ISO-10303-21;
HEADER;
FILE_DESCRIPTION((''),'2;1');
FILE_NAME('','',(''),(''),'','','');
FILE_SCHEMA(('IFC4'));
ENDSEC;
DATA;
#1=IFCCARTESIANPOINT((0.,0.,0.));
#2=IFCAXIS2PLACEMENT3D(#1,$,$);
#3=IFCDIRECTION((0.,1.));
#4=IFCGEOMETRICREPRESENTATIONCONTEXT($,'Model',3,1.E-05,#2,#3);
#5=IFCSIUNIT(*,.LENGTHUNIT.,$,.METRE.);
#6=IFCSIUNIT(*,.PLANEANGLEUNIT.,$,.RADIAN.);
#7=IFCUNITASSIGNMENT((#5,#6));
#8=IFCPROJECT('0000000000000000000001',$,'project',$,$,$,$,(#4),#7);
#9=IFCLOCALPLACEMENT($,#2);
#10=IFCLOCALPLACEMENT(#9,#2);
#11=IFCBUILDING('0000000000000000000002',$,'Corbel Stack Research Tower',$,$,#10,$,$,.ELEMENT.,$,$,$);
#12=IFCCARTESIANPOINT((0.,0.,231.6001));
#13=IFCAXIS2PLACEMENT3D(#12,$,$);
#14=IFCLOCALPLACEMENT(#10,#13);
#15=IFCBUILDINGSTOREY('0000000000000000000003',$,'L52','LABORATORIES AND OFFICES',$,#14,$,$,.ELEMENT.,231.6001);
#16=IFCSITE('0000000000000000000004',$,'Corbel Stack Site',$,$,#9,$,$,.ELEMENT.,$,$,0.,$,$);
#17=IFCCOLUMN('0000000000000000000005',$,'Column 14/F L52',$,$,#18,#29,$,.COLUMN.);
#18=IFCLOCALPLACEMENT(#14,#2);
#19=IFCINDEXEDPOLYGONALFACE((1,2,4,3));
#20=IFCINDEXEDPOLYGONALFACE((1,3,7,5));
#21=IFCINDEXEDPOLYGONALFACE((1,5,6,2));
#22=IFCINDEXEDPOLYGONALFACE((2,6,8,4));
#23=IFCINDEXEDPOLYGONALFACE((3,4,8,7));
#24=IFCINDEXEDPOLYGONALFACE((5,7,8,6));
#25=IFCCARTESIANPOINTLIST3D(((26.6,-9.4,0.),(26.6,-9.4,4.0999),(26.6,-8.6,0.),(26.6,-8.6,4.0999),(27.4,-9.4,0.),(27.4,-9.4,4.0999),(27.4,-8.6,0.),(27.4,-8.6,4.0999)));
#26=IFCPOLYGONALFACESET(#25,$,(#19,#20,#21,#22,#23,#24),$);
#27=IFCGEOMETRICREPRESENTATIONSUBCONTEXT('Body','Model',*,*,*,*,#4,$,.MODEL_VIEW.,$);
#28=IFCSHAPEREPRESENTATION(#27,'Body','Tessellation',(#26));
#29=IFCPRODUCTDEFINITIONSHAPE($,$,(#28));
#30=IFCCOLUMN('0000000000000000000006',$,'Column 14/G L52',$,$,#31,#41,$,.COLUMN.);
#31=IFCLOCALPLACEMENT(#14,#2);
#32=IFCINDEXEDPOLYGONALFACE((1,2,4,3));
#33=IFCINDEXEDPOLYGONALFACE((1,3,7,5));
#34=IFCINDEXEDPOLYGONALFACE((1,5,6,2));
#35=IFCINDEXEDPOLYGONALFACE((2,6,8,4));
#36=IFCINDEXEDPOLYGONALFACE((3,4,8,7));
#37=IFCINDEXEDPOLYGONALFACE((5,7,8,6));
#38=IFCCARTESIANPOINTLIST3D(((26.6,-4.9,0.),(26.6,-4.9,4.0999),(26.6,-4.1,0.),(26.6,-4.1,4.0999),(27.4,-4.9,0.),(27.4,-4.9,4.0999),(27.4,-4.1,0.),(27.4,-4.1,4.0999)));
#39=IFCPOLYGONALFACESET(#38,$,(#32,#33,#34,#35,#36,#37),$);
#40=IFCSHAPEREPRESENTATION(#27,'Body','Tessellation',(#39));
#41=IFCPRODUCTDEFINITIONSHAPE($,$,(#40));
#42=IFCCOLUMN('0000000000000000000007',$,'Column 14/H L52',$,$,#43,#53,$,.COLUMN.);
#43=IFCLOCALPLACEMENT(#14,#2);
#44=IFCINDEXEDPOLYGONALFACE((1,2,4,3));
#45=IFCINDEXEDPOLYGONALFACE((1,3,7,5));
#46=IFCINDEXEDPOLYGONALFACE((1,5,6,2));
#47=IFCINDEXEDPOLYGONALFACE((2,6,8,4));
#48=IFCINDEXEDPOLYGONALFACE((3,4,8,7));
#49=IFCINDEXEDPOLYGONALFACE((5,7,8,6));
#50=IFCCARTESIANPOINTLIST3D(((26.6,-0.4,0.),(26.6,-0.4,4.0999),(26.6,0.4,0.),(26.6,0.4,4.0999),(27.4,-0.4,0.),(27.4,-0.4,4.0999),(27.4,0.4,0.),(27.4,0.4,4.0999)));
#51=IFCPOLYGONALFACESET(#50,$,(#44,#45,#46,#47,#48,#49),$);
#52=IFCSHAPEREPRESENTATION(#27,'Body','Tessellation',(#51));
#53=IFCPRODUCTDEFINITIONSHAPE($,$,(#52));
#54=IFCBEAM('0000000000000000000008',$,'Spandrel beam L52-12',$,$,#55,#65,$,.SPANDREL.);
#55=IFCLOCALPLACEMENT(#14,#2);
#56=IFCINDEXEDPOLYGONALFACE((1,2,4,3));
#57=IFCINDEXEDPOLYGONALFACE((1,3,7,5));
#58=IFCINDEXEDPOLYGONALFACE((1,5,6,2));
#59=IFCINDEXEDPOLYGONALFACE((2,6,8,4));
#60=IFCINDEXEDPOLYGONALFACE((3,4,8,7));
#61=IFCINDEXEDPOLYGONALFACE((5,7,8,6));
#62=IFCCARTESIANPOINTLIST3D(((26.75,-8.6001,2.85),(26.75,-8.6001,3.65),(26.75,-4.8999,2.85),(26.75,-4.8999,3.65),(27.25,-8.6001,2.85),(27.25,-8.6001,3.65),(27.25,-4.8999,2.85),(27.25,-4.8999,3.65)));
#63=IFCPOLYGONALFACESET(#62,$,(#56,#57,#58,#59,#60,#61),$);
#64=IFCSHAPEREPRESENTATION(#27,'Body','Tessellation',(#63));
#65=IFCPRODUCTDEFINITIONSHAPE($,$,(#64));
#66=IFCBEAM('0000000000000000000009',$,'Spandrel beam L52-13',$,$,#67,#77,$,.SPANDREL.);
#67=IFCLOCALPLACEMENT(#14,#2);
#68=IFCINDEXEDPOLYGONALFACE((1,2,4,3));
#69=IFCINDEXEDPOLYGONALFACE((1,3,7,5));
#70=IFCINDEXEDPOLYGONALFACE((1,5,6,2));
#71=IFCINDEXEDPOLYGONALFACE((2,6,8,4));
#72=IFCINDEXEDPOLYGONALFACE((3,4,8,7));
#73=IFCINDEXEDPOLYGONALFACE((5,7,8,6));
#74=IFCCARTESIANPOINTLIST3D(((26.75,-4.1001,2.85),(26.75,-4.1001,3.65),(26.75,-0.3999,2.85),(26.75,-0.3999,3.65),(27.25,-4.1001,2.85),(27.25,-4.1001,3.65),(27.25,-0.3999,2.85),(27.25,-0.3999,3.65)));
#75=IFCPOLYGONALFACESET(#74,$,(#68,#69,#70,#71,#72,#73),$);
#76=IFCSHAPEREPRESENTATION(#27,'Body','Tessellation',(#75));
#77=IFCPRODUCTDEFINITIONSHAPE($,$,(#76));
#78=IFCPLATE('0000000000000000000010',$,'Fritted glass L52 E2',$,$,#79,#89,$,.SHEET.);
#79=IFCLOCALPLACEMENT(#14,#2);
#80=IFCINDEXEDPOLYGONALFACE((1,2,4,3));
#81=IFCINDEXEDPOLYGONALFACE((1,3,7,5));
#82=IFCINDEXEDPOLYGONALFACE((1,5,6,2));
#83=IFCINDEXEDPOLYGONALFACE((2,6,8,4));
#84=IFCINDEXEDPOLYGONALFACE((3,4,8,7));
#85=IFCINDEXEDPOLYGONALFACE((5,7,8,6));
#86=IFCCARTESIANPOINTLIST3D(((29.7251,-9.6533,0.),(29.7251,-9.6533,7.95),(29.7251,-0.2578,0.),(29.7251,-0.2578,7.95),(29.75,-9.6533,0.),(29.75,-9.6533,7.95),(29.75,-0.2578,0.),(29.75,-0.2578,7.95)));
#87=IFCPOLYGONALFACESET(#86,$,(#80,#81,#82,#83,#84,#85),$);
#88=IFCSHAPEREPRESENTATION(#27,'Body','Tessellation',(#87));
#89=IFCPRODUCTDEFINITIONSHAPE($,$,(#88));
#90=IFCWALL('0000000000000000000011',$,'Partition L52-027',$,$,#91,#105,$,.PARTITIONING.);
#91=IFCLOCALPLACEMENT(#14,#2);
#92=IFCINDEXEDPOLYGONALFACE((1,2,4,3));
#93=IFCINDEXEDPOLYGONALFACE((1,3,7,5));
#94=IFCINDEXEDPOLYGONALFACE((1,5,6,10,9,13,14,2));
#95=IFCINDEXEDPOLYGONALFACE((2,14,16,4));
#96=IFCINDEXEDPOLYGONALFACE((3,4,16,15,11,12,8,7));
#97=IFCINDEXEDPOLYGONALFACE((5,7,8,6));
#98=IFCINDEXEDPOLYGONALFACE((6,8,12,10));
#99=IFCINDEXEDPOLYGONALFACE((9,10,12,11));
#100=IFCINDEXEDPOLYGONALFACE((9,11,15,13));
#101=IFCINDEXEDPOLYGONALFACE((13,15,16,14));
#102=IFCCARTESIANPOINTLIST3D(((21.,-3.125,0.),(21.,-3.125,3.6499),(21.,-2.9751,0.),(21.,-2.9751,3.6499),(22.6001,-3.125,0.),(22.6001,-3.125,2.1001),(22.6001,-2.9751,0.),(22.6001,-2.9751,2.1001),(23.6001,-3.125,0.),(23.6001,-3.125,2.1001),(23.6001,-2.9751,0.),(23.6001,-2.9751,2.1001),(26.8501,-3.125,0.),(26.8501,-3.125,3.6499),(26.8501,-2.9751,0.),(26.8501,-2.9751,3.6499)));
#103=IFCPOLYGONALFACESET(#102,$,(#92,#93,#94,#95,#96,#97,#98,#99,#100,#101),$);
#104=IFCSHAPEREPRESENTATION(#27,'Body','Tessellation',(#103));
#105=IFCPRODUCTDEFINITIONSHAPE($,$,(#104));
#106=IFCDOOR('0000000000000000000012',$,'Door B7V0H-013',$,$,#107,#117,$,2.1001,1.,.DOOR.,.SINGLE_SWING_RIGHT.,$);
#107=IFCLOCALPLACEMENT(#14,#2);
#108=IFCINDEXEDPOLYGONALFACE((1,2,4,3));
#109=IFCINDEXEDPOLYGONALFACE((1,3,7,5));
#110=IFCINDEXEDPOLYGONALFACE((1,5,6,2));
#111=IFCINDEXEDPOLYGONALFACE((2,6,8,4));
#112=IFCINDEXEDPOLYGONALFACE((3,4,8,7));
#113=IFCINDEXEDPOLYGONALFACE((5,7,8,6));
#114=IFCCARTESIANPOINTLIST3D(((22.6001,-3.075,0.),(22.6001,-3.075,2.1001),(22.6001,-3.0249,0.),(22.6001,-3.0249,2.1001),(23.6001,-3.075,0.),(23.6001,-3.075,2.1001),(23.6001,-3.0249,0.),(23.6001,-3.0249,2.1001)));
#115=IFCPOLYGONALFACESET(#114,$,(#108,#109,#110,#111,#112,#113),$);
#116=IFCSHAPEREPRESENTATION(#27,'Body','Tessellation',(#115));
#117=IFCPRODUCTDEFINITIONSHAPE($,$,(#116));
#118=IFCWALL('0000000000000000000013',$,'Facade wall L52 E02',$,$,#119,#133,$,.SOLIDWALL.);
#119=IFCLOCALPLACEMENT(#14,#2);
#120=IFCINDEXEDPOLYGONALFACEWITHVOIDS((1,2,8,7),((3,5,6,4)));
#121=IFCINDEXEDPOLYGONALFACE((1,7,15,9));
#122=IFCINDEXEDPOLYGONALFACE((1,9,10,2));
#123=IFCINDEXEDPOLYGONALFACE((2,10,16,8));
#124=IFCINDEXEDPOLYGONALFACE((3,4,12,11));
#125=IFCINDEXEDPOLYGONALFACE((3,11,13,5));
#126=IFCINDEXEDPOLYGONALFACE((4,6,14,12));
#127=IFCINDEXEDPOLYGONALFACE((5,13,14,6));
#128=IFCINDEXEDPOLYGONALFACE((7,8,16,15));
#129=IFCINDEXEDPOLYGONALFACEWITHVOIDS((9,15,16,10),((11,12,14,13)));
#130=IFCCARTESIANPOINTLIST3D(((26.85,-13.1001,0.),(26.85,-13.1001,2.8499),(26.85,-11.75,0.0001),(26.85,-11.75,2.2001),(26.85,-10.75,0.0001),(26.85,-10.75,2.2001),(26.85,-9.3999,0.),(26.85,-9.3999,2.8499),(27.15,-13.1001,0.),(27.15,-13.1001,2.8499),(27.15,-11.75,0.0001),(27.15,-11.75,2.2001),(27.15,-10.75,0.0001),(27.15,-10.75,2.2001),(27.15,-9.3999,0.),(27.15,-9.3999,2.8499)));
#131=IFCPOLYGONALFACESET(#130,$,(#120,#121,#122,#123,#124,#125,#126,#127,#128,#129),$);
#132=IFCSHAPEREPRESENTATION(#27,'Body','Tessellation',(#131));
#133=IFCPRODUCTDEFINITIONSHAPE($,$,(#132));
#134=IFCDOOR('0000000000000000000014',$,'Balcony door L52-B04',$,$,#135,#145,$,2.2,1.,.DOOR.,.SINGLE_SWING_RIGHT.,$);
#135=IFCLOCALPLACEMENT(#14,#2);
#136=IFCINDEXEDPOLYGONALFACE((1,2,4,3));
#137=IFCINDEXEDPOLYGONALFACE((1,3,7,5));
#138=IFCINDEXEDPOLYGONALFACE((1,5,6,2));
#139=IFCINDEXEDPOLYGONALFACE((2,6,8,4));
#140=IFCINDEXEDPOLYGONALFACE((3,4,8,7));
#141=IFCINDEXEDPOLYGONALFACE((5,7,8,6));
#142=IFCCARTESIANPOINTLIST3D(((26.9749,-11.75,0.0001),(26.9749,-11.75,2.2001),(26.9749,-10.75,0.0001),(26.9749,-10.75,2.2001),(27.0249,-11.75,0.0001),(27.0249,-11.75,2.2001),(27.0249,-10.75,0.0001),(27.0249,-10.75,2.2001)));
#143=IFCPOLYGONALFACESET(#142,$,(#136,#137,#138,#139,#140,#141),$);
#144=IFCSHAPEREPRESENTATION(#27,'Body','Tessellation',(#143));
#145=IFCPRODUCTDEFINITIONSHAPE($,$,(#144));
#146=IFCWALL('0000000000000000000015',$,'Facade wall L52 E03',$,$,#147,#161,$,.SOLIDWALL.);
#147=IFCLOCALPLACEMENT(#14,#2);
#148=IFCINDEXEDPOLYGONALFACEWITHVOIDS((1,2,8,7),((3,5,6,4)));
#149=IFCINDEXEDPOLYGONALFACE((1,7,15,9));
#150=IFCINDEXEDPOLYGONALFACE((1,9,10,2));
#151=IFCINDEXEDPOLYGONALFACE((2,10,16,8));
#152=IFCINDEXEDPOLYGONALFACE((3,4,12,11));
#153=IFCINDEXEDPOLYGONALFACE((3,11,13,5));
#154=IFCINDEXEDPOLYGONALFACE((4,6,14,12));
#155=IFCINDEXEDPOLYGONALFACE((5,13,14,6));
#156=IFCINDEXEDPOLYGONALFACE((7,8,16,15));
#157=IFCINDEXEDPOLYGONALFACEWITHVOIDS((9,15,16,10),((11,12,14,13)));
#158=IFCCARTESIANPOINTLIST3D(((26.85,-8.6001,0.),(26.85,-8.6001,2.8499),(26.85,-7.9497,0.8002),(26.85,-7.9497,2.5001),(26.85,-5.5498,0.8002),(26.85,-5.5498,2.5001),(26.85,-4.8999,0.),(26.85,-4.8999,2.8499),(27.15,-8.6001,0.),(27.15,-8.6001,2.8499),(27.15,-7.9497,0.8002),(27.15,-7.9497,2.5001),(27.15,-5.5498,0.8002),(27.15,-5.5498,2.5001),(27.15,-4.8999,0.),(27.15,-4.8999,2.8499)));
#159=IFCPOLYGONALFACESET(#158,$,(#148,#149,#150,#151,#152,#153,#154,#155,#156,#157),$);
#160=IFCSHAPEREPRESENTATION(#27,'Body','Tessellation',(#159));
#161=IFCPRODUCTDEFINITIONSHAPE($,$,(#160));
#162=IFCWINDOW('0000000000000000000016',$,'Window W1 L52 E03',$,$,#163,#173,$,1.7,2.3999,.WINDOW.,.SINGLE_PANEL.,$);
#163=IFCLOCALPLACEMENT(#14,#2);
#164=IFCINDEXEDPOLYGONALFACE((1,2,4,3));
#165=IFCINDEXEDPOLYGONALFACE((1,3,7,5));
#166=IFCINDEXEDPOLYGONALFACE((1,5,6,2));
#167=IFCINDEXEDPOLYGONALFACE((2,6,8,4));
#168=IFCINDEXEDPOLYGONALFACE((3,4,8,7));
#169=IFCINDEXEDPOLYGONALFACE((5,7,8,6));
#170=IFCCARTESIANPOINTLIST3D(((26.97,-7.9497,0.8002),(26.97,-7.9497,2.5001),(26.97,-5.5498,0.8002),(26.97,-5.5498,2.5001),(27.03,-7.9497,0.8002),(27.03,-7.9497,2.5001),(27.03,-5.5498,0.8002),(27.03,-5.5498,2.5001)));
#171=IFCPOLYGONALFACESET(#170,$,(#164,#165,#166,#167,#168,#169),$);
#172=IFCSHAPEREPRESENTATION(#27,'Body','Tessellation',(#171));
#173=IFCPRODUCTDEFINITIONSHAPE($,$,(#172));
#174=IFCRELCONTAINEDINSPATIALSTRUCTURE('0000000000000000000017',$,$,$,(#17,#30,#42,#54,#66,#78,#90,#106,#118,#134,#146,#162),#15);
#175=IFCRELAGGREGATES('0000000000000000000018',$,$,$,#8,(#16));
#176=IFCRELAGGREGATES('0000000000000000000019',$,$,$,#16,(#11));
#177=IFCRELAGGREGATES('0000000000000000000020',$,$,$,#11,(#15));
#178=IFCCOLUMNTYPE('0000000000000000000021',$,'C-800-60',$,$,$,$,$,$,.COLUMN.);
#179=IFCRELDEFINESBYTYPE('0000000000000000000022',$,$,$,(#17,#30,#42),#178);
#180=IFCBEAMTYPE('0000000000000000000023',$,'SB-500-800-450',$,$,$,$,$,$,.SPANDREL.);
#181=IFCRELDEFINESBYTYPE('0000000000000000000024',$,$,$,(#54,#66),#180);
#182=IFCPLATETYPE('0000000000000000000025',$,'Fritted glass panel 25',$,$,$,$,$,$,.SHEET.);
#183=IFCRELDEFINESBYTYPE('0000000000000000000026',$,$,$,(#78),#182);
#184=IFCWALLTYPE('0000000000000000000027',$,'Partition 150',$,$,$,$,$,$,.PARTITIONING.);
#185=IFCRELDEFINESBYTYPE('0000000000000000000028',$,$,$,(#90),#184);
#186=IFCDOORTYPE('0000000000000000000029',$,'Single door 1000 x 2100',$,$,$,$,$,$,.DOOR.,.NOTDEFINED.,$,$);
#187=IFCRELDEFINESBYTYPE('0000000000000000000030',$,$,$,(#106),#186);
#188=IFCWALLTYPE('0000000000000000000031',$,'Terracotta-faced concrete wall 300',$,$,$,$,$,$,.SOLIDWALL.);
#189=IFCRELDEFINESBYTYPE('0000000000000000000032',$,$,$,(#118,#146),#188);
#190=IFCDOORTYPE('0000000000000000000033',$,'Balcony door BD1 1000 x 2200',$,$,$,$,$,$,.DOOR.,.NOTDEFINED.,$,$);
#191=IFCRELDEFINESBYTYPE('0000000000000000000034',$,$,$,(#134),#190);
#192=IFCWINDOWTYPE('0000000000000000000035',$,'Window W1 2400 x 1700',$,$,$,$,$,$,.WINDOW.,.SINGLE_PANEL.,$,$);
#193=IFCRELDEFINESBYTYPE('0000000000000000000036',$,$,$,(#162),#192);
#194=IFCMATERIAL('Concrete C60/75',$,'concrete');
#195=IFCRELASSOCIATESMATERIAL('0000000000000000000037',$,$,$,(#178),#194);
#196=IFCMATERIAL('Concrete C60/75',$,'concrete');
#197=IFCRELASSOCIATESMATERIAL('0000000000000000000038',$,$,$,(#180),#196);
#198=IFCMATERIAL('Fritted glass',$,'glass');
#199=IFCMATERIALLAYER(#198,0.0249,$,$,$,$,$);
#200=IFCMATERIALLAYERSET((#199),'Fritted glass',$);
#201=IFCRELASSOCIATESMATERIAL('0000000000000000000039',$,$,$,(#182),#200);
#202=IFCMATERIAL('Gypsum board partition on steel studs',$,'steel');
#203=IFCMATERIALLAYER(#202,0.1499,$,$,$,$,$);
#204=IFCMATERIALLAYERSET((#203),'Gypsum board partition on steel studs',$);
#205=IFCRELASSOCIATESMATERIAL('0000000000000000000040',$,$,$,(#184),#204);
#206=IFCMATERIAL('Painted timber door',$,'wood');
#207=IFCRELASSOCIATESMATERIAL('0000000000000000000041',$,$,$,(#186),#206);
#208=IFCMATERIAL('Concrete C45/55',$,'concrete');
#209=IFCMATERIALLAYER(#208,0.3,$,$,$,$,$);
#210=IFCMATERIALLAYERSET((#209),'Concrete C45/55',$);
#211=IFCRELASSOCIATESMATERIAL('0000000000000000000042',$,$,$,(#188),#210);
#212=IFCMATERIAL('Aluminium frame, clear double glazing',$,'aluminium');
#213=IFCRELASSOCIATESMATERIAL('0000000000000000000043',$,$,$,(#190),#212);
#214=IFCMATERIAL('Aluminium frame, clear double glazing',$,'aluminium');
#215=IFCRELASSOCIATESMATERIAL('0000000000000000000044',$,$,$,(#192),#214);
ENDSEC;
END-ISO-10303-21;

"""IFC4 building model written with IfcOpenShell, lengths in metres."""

from ifc_helpers import new_model, si_unit, direction, frame, frame_2d, origin, origin_2d, place, context, subcontext, project, spatial, rectangle, extrude, material, layer, layer_set, material_profile, profile_set, type_object, element, fill, save


model = new_model("IFC4")

# Units and contexts
model_context = context("Model", 3, precision=1e-05, world=origin(), true_north=direction((0.0, 1.0)))
body_context = subcontext(model_context, "Body", "Model", "MODEL_VIEW")
ifc_project = project(units=[si_unit("LENGTHUNIT", "METRE"), si_unit("PLANEANGLEUNIT", "RADIAN")], contexts=[model_context])

# Site, building, storey
site_placement = place(None, origin())
site = spatial("IfcSite", under=ifc_project, at=site_placement, Name="Corbel Stack Site", CompositionType="ELEMENT", RefElevation=0.0)
building_placement = place(site_placement, origin())
building = spatial("IfcBuilding", under=site, at=building_placement, Name="Corbel Stack Research Tower", CompositionType="ELEMENT")
storey_placement = place(building_placement, frame((0.0, 0.0, 231.6001)))
storey = spatial("IfcBuildingStorey", under=building, at=storey_placement, Name="L52", Description="LABORATORIES AND OFFICES", CompositionType="ELEMENT", Elevation=231.6001)

# Columns
ifc_material_1 = material(Name="Concrete C60/75", Category="concrete")
ifc_material_profile_1 = material_profile(ifc_material_1, rectangle(XDim=0.8, YDim=0.8, at=origin_2d()), Name="RC 800 x 800")
ifc_profile_set_1 = profile_set([ifc_material_profile_1], Name="Concrete C60/75")
column_type = type_object("IfcColumnType", Name="C-800-60", PredefinedType="COLUMN", material=ifc_profile_set_1)
for number, where, z_axis, x_axis, name in (
    (1, (27.0, -9.0, 0.0), (0.0, 0.0, 1.0), (1.0, 0.0, 0.0), "Column 14/F L52"),
    (2, (27.0, -4.5, 0.0), (0.0, 0.0, 1.0), (1.0, 0.0, 0.0), "Column 14/G L52"),
    (3, (27.0, 0.0, 0.0), (0.0, 0.0, 1.0), (1.0, 0.0, 0.0), "Column 14/H L52"),
):
    element("IfcColumn", number, at=place(storey_placement, frame(where, z_axis=z_axis, x_axis=x_axis)), inside=storey, type_object=column_type, Name=name, PredefinedType="COLUMN", context=body_context, shape_type="SweptSolid", body=[
        extrude(rectangle(XDim=0.8, YDim=0.8, at=origin_2d()), origin(), (0.0, 0.0, 1.0), 4.0999),
    ])

# Beams
ifc_material_2 = material(Name="Concrete C60/75", Category="concrete")
ifc_material_profile_2 = material_profile(ifc_material_2, rectangle(XDim=0.5, YDim=0.8, at=origin_2d()), Name="RC 500 x 800")
ifc_profile_set_2 = profile_set([ifc_material_profile_2], Name="Concrete C60/75")
beam_type = type_object("IfcBeamType", Name="SB-500-800-450", PredefinedType="SPANDREL", material=ifc_profile_set_2)
for number, where, z_axis, x_axis, name in (
    (4, (27.0, -8.6001, 3.25), (0.0, 1.0, 0.0), (-1.0, 0.0, 0.0), "Spandrel beam L52-12"),
    (5, (27.0, -4.1001, 3.25), (0.0, 1.0, 0.0), (-1.0, 0.0, 0.0), "Spandrel beam L52-13"),
):
    element("IfcBeam", number, at=place(storey_placement, frame(where, z_axis=z_axis, x_axis=x_axis)), inside=storey, type_object=beam_type, Name=name, PredefinedType="SPANDREL", context=body_context, shape_type="SweptSolid", body=[
        extrude(rectangle(XDim=0.5, YDim=0.8, at=origin_2d()), origin(), (0.0, 0.0, 1.0), 3.7002),
    ])

# Plate
ifc_material_3 = material(Name="Fritted glass", Category="glass")
ifc_layer_1 = layer(ifc_material_3, 0.0249)
ifc_layer_set_1 = layer_set([ifc_layer_1], Name="Fritted glass")
plate_type = type_object("IfcPlateType", Name="Fritted glass panel 25", PredefinedType="SHEET", material=ifc_layer_set_1)
plate_placement = place(storey_placement, frame((29.7375, -4.9556, 0.0), z_axis=(0.0, 0.0, 1.0), x_axis=(0.0, 1.0, 0.0)))
element("IfcPlate", 6, at=plate_placement, inside=storey, type_object=plate_type, Name="Fritted glass L52 E2", PredefinedType="SHEET", context=body_context, shape_type="SweptSolid", body=[
    extrude(rectangle(XDim=9.3955, YDim=0.0249, at=origin_2d()), origin(), (0.0, 0.0, 1.0), 7.95),
])

# Walls, openings, doors
ifc_material_4 = material(Name="Gypsum board partition on steel studs", Category="steel")
ifc_layer_2 = layer(ifc_material_4, 0.1499)
ifc_layer_set_2 = layer_set([ifc_layer_2], Name="Gypsum board partition on steel studs")
wall_type_1 = type_object("IfcWallType", Name="Partition 150", PredefinedType="PARTITIONING", material=ifc_layer_set_2)
wall_1_placement = place(storey_placement, frame((26.8501, -3.05, 0.0), z_axis=(0.0, 0.0, 1.0), x_axis=(-1.0, 0.0, 0.0)))
wall_1 = element("IfcWall", 7, at=wall_1_placement, inside=storey, type_object=wall_type_1, Name="Partition L52-027", PredefinedType="PARTITIONING", context=body_context, shape_type="SweptSolid", body=[
    extrude(rectangle(XDim=5.8501, YDim=0.1499, at=frame_2d((2.925, 0.0))), origin(), (0.0, 0.0, 1.0), 3.6499),
])
opening_1_placement = place(wall_1_placement, frame((3.25, 0.0, 0.0)))
opening_1 = element("IfcOpeningElement", 8, at=opening_1_placement, cuts=wall_1, PredefinedType="OPENING", context=body_context, shape_type="SweptSolid", body=[
    extrude(rectangle(XDim=1.0, YDim=2.1001, at=frame_2d((0.5, 1.05))), frame((0.0, 0.085, 0.0), z_axis=(0.0, -1.0, 0.0), x_axis=(1.0, 0.0, 0.0)), (0.0, 0.0, 1.0), 0.1699),
])
ifc_material_5 = material(Name="Painted timber door", Category="wood")
door_type_1 = type_object("IfcDoorType", Name="Single door 1000 x 2100", OperationType="NOTDEFINED", PredefinedType="DOOR", material=ifc_material_5)
door_1_placement = place(opening_1_placement, origin())
door_1 = element("IfcDoor", 9, at=door_1_placement, inside=storey, type_object=door_type_1, Name="Door B7V0H-013", OperationType="SINGLE_SWING_RIGHT", OverallHeight=2.1001, OverallWidth=1.0, PredefinedType="DOOR", context=body_context, shape_type="SweptSolid", body=[
    extrude(rectangle(XDim=1.0, YDim=2.1001, at=frame_2d((0.5, 1.05))), frame((0.0, 0.0249, 0.0), z_axis=(0.0, -1.0, 0.0), x_axis=(1.0, 0.0, 0.0)), (0.0, 0.0, 1.0), 0.05),
])
fill(opening_1, door_1)
ifc_material_6 = material(Name="Concrete C45/55", Category="concrete")
ifc_layer_3 = layer(ifc_material_6, 0.3)
ifc_layer_set_3 = layer_set([ifc_layer_3], Name="Concrete C45/55")
wall_type_2 = type_object("IfcWallType", Name="Terracotta-faced concrete wall 300", PredefinedType="SOLIDWALL", material=ifc_layer_set_3)
wall_2_placement = place(storey_placement, frame((27.0, -9.3999, 0.0), z_axis=(0.0, 0.0, 1.0), x_axis=(0.0, -1.0, 0.0)))
wall_2 = element("IfcWall", 10, at=wall_2_placement, inside=storey, type_object=wall_type_2, Name="Facade wall L52 E02", PredefinedType="SOLIDWALL", context=body_context, shape_type="SweptSolid", body=[
    extrude(rectangle(XDim=3.7002, YDim=0.3, at=frame_2d((1.8501, 0.0))), origin(), (0.0, 0.0, 1.0), 2.8499),
])
opening_2_placement = place(wall_2_placement, frame((1.3501, 0.0, 0.0)))
opening_2 = element("IfcOpeningElement", 11, at=opening_2_placement, cuts=wall_2, PredefinedType="OPENING", context=body_context, shape_type="SweptSolid", body=[
    extrude(rectangle(XDim=1.0, YDim=2.2, at=frame_2d((0.5, 1.1001))), frame((0.0, 0.1599, 0.0), z_axis=(0.0, -1.0, 0.0), x_axis=(1.0, 0.0, 0.0)), (0.0, 0.0, 1.0), 0.3201),
])
ifc_material_7 = material(Name="Aluminium frame, clear double glazing", Category="aluminium")
door_type_2 = type_object("IfcDoorType", Name="Balcony door BD1 1000 x 2200", OperationType="NOTDEFINED", PredefinedType="DOOR", material=ifc_material_7)
door_2_placement = place(opening_2_placement, origin())
door_2 = element("IfcDoor", 12, at=door_2_placement, inside=storey, type_object=door_type_2, Name="Balcony door L52-B04", OperationType="SINGLE_SWING_RIGHT", OverallHeight=2.2, OverallWidth=1.0, PredefinedType="DOOR", context=body_context, shape_type="SweptSolid", body=[
    extrude(rectangle(XDim=1.0, YDim=2.2, at=frame_2d((0.5, 1.1001))), frame((0.0, 0.0249, 0.0), z_axis=(0.0, -1.0, 0.0), x_axis=(1.0, 0.0, 0.0)), (0.0, 0.0, 1.0), 0.05),
])
fill(opening_2, door_2)

# Wall, opening, window
wall_3_placement = place(storey_placement, frame((27.0, -4.8999, 0.0), z_axis=(0.0, 0.0, 1.0), x_axis=(0.0, -1.0, 0.0)))
wall_3 = element("IfcWall", 13, at=wall_3_placement, inside=storey, type_object=wall_type_2, Name="Facade wall L52 E03", PredefinedType="SOLIDWALL", context=body_context, shape_type="SweptSolid", body=[
    extrude(rectangle(XDim=3.7002, YDim=0.3, at=frame_2d((1.8501, 0.0))), origin(), (0.0, 0.0, 1.0), 2.8499),
])
opening_3_placement = place(wall_3_placement, frame((0.6499, 0.0, 0.8)))
opening_3 = element("IfcOpeningElement", 14, at=opening_3_placement, cuts=wall_3, PredefinedType="OPENING", context=body_context, shape_type="SweptSolid", body=[
    extrude(rectangle(XDim=2.3999, YDim=1.7, at=frame_2d((1.2, 0.8501))), frame((0.0, 0.1599, 0.0), z_axis=(0.0, -1.0, 0.0), x_axis=(1.0, 0.0, 0.0)), (0.0, 0.0, 1.0), 0.3201),
])
ifc_material_8 = material(Name="Aluminium frame, clear double glazing", Category="aluminium")
window_type_1 = type_object("IfcWindowType", Name="Window W1 2400 x 1700", PartitioningType="SINGLE_PANEL", PredefinedType="WINDOW", material=ifc_material_8)
window_1_placement = place(opening_3_placement, origin())
window_1 = element("IfcWindow", 15, at=window_1_placement, inside=storey, type_object=window_type_1, Name="Window W1 L52 E03", OverallHeight=1.7, OverallWidth=2.3999, PartitioningType="SINGLE_PANEL", PredefinedType="WINDOW", context=body_context, shape_type="SweptSolid", body=[
    extrude(rectangle(XDim=2.3999, YDim=1.7, at=frame_2d((1.2, 0.8501))), frame((0.0, 0.03, 0.0), z_axis=(0.0, -1.0, 0.0), x_axis=(1.0, 0.0, 0.0)), (0.0, 0.0, 1.0), 0.0601),
])
fill(opening_3, window_1)

save(model, "model.ifc")
